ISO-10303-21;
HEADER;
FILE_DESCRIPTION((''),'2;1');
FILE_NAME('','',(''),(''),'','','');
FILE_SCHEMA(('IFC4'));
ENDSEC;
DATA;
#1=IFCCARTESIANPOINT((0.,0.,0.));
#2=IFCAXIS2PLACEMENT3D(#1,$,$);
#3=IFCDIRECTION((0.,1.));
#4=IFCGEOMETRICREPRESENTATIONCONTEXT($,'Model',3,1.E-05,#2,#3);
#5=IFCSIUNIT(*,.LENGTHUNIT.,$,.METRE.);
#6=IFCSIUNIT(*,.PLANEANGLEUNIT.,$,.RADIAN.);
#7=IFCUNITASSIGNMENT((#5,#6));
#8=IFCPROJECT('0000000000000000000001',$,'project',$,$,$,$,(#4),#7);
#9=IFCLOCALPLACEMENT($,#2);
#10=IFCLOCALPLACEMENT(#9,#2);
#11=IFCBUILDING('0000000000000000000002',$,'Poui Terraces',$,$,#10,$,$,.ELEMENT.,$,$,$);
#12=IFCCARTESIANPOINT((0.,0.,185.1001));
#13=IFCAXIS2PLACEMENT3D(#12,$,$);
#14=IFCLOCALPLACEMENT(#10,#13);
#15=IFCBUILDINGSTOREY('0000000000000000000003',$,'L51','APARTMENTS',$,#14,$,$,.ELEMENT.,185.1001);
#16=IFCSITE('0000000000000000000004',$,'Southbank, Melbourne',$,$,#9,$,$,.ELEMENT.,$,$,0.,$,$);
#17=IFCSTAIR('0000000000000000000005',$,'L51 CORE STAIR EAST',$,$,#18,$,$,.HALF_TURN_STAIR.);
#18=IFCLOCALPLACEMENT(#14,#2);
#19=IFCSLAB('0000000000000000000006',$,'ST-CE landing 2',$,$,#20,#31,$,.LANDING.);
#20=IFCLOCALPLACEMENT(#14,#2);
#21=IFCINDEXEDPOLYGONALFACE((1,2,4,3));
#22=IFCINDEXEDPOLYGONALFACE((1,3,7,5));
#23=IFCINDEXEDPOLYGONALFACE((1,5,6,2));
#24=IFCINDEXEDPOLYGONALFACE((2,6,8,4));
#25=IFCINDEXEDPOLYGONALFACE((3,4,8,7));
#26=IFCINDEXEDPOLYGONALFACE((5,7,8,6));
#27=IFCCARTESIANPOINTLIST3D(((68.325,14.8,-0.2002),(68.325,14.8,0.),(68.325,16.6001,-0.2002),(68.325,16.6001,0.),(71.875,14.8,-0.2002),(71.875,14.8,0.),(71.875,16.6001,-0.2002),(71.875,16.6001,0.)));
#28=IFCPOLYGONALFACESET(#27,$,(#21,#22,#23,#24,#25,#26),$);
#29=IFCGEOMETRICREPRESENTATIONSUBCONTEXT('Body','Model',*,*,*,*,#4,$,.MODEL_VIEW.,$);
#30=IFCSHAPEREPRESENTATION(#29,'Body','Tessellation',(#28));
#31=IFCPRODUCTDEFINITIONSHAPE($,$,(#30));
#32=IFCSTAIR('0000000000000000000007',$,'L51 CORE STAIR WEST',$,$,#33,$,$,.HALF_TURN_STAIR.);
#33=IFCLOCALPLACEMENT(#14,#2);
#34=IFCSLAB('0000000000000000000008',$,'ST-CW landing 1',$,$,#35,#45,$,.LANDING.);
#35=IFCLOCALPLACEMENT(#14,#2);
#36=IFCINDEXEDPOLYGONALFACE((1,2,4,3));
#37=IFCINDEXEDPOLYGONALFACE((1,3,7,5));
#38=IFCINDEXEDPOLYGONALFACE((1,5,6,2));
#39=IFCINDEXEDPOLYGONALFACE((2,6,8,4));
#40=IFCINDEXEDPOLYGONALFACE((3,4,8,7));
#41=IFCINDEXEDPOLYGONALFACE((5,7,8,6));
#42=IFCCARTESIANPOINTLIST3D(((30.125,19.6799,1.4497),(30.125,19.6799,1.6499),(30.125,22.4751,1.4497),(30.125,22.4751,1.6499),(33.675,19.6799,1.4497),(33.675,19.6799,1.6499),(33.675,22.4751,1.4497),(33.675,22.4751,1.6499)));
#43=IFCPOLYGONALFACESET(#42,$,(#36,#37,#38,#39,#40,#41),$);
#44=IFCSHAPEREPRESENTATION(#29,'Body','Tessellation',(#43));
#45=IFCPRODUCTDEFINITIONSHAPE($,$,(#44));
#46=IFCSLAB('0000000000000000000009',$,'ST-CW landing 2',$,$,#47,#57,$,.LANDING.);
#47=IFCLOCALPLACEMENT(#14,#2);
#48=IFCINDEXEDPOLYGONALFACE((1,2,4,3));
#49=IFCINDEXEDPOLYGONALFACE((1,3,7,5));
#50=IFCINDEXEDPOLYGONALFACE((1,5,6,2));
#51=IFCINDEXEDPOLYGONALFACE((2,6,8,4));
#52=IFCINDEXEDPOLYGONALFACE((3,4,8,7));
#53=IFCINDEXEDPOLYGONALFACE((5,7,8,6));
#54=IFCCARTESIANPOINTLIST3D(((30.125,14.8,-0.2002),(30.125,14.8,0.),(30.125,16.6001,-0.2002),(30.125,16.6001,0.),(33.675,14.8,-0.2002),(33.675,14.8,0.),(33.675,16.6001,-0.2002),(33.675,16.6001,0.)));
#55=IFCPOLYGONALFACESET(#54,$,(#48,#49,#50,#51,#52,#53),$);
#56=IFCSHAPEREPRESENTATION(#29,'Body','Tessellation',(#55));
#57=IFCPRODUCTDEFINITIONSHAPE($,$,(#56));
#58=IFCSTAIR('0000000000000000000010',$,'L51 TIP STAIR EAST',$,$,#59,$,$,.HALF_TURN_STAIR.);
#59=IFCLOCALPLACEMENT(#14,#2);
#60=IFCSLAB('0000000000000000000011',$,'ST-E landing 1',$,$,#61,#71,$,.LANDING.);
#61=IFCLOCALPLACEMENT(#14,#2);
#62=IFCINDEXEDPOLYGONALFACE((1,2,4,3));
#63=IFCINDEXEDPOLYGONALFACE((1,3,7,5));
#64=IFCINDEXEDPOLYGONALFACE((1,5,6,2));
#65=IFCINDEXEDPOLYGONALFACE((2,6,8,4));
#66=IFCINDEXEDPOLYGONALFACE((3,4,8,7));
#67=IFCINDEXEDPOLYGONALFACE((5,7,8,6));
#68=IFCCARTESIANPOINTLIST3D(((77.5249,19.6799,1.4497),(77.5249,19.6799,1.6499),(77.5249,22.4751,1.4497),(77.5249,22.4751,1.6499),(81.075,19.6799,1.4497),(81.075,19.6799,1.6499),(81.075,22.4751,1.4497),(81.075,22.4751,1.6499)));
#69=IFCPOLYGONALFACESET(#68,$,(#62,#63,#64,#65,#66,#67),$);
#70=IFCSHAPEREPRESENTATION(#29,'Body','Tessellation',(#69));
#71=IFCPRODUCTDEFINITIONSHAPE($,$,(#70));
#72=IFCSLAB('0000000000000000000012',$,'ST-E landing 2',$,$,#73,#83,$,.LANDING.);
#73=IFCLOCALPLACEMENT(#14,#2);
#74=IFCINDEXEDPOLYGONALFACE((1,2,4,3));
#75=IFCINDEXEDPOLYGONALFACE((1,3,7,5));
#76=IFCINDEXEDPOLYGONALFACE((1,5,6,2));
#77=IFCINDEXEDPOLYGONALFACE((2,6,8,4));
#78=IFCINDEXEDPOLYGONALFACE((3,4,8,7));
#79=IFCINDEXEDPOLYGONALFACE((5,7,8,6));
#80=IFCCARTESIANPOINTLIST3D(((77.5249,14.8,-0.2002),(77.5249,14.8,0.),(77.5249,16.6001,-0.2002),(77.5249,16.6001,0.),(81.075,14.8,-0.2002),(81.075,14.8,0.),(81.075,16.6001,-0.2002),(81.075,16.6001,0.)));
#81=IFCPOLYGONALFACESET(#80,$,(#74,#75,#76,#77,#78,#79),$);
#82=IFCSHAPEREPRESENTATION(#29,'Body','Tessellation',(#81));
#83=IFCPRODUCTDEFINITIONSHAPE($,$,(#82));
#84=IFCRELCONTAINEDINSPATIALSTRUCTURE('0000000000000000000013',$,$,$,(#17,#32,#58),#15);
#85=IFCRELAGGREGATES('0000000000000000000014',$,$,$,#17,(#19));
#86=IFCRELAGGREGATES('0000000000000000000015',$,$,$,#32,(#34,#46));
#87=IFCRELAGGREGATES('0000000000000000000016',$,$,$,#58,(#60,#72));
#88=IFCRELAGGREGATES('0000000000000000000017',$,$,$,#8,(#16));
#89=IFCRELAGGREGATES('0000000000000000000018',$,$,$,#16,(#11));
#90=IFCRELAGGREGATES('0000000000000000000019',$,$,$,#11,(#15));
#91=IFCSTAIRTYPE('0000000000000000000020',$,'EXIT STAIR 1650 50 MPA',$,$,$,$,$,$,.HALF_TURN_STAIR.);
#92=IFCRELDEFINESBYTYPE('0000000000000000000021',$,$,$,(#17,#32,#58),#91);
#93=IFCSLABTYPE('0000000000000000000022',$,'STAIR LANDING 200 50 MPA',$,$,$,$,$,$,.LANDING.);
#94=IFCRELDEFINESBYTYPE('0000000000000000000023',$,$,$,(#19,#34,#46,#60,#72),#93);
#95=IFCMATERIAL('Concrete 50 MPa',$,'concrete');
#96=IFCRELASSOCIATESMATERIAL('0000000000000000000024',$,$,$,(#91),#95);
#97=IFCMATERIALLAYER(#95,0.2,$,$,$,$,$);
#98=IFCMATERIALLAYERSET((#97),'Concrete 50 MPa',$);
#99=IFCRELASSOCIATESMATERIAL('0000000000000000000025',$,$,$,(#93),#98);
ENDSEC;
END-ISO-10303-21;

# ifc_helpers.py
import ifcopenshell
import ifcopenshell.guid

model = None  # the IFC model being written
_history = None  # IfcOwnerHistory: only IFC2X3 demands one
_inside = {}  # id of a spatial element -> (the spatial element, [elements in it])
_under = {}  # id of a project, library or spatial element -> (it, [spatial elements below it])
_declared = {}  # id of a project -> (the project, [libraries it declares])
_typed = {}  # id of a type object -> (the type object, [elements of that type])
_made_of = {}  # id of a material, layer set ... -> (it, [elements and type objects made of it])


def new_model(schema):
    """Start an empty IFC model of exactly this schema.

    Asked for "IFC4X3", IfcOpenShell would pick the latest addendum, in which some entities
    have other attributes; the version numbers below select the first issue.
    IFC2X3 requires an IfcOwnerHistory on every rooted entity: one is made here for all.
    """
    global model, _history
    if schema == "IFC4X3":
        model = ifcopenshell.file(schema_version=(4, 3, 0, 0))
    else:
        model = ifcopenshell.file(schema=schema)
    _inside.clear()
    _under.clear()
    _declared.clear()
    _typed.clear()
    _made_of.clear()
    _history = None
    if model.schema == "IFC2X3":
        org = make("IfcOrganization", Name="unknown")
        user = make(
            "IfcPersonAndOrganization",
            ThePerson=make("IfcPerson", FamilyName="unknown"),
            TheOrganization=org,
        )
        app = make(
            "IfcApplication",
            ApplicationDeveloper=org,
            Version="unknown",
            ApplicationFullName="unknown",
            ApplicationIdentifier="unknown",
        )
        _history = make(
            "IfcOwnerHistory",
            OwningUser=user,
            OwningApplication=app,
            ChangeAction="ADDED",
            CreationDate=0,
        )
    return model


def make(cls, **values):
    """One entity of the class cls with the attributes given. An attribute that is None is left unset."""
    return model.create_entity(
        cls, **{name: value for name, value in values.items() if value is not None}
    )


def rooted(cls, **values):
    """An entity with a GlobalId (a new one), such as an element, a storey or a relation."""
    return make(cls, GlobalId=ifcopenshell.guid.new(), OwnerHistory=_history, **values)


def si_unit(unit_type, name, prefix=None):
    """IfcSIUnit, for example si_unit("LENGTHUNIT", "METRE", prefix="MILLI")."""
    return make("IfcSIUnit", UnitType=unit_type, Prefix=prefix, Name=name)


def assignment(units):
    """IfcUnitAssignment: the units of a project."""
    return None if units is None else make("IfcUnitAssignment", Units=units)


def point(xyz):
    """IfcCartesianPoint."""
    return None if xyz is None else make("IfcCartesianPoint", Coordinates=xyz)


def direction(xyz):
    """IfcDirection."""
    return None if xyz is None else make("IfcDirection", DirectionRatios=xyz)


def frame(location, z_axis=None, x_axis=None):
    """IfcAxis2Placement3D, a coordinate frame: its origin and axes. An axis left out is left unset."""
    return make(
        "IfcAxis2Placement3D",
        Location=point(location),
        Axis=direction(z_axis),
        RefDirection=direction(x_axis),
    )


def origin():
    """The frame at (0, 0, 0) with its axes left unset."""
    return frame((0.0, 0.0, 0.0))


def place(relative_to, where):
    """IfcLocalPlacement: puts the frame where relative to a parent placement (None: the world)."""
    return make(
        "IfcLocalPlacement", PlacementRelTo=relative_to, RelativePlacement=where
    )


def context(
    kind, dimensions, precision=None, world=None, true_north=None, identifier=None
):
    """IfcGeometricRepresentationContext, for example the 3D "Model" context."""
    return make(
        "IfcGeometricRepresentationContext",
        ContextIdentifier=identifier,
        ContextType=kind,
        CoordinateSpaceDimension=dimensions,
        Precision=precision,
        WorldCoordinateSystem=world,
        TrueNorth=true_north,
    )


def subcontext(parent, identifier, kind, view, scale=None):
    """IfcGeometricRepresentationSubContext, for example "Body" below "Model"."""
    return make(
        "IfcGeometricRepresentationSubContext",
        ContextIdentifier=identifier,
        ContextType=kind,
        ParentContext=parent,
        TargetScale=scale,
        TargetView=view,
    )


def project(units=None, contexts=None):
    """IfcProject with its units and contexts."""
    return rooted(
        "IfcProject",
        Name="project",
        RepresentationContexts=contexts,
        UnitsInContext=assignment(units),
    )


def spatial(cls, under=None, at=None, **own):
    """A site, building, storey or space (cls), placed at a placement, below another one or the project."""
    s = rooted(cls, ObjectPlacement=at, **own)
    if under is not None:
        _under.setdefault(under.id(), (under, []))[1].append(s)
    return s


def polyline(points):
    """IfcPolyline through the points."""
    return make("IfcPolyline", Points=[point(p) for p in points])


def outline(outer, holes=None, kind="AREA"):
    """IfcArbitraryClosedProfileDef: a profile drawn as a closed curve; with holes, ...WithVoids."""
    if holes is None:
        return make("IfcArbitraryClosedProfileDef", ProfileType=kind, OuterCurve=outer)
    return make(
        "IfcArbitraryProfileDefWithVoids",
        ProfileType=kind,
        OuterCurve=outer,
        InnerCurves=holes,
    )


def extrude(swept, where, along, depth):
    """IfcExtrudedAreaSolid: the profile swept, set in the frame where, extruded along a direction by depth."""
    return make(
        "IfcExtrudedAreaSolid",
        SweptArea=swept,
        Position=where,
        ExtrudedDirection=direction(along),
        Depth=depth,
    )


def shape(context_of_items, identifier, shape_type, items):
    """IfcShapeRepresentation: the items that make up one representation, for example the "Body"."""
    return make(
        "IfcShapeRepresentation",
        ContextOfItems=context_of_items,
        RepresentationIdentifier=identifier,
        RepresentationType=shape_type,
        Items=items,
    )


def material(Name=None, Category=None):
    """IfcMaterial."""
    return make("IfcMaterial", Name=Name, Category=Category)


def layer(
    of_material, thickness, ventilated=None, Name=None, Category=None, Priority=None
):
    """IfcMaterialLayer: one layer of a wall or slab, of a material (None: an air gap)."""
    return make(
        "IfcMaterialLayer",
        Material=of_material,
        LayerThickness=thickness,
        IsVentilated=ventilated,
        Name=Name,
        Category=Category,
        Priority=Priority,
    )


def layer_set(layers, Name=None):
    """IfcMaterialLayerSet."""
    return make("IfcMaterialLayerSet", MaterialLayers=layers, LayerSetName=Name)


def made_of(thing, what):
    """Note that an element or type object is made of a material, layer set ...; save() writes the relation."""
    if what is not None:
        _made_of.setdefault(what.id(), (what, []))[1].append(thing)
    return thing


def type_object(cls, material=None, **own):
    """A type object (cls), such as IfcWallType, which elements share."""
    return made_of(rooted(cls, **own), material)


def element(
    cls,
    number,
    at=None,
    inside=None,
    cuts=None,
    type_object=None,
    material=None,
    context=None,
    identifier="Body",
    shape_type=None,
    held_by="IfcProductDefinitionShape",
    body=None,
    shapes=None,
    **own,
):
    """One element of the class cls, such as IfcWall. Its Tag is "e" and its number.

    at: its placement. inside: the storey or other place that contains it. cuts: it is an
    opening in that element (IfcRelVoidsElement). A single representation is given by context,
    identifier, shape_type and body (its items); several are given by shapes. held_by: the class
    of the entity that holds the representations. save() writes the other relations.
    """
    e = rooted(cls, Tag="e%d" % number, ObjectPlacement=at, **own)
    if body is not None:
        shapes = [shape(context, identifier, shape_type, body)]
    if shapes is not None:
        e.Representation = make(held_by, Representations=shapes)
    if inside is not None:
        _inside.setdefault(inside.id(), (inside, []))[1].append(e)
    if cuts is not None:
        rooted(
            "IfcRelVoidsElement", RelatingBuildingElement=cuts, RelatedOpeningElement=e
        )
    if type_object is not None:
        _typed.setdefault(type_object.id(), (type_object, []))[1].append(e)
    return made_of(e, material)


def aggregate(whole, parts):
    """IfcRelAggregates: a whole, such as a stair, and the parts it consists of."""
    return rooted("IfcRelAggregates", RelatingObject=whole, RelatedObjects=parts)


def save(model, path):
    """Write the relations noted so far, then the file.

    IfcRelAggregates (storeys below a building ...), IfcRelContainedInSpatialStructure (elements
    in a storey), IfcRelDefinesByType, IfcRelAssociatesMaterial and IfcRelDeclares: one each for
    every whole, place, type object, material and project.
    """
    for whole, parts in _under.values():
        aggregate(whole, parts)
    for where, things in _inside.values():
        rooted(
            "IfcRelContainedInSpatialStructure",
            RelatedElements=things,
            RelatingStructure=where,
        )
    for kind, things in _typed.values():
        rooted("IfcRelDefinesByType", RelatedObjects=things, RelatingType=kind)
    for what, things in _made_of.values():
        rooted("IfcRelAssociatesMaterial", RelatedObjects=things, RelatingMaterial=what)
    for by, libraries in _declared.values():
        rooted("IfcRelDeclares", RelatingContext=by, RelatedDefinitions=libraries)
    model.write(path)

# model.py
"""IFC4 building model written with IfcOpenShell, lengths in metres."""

from ifc_helpers import new_model, si_unit, direction, frame, origin, place, context, subcontext, project, spatial, polyline, outline, extrude, material, layer, layer_set, type_object, element, aggregate, save


model = new_model("IFC4")

# Units and contexts
model_context = context("Model", 3, precision=1e-05, world=origin(), true_north=direction((0.0, 1.0)))
body_context = subcontext(model_context, "Body", "Model", "MODEL_VIEW")
ifc_project = project(units=[si_unit("LENGTHUNIT", "METRE"), si_unit("PLANEANGLEUNIT", "RADIAN")], contexts=[model_context])

# Site, building, storey
site_placement = place(None, origin())
site = spatial("IfcSite", under=ifc_project, at=site_placement, Name="Southbank, Melbourne", CompositionType="ELEMENT", RefElevation=0.0)
building_placement = place(site_placement, origin())
building = spatial("IfcBuilding", under=site, at=building_placement, Name="Poui Terraces", CompositionType="ELEMENT")
storey_placement = place(building_placement, frame((0.0, 0.0, 185.1001)))
storey = spatial("IfcBuildingStorey", under=building, at=storey_placement, Name="L51", Description="APARTMENTS", CompositionType="ELEMENT", Elevation=185.1001)

# Stair, slab
ifc_material = material(Name="Concrete 50 MPa", Category="concrete")
stair_type = type_object("IfcStairType", Name="EXIT STAIR 1650 50 MPA", PredefinedType="HALF_TURN_STAIR", material=ifc_material)
stair_1_placement = place(storey_placement, origin())
stair_1 = element("IfcStair", 1, at=stair_1_placement, inside=storey, type_object=stair_type, Name="L51 CORE STAIR EAST", PredefinedType="HALF_TURN_STAIR")
ifc_layer = layer(ifc_material, 0.2)
ifc_layer_set = layer_set([ifc_layer], Name="Concrete 50 MPa")
slab_type = type_object("IfcSlabType", Name="STAIR LANDING 200 50 MPA", PredefinedType="LANDING", material=ifc_layer_set)
slab_1_placement = place(storey_placement, frame((0.0, 0.0, -0.2002)))
slab_1 = element("IfcSlab", 2, at=slab_1_placement, type_object=slab_type, Name="ST-CE landing 2", PredefinedType="LANDING", context=body_context, shape_type="SweptSolid", body=[
    extrude(outline(polyline([(68.325, 14.8), (71.875, 14.8), (71.875, 16.6001), (68.325, 16.6001), (68.325, 14.8)])), origin(), (0.0, 0.0, 1.0), 0.2002),
])
aggregate(stair_1, [slab_1])

# Stairs, slabs
stair_2_placement = place(storey_placement, origin())
stair_2 = element("IfcStair", 3, at=stair_2_placement, inside=storey, type_object=stair_type, Name="L51 CORE STAIR WEST", PredefinedType="HALF_TURN_STAIR")
slab_2_placement = place(storey_placement, frame((0.0, 0.0, 1.4497)))
slab_2 = element("IfcSlab", 4, at=slab_2_placement, type_object=slab_type, Name="ST-CW landing 1", PredefinedType="LANDING", context=body_context, shape_type="SweptSolid", body=[
    extrude(outline(polyline([(30.125, 19.6799), (33.675, 19.6799), (33.675, 22.4751), (30.125, 22.4751), (30.125, 19.6799)])), origin(), (0.0, 0.0, 1.0), 0.2002),
])
slab_3_placement = place(storey_placement, frame((0.0, 0.0, -0.2002)))
slab_3 = element("IfcSlab", 5, at=slab_3_placement, type_object=slab_type, Name="ST-CW landing 2", PredefinedType="LANDING", context=body_context, shape_type="SweptSolid", body=[
    extrude(outline(polyline([(30.125, 14.8), (33.675, 14.8), (33.675, 16.6001), (30.125, 16.6001), (30.125, 14.8)])), origin(), (0.0, 0.0, 1.0), 0.2002),
])
aggregate(stair_2, [slab_2, slab_3])
stair_3_placement = place(storey_placement, origin())
stair_3 = element("IfcStair", 6, at=stair_3_placement, inside=storey, type_object=stair_type, Name="L51 TIP STAIR EAST", PredefinedType="HALF_TURN_STAIR")
slab_4_placement = place(storey_placement, frame((0.0, 0.0, 1.4497)))
slab_4 = element("IfcSlab", 7, at=slab_4_placement, type_object=slab_type, Name="ST-E landing 1", PredefinedType="LANDING", context=body_context, shape_type="SweptSolid", body=[
    extrude(outline(polyline([(77.5249, 19.6799), (81.075, 19.6799), (81.075, 22.4751), (77.5249, 22.4751), (77.5249, 19.6799)])), origin(), (0.0, 0.0, 1.0), 0.2002),
])
slab_5_placement = place(storey_placement, frame((0.0, 0.0, -0.2002)))
slab_5 = element("IfcSlab", 8, at=slab_5_placement, type_object=slab_type, Name="ST-E landing 2", PredefinedType="LANDING", context=body_context, shape_type="SweptSolid", body=[
    extrude(outline(polyline([(77.5249, 14.8), (81.075, 14.8), (81.075, 16.6001), (77.5249, 16.6001), (77.5249, 14.8)])), origin(), (0.0, 0.0, 1.0), 0.2002),
])
aggregate(stair_3, [slab_4, slab_5])

save(model, "model.ifc")
